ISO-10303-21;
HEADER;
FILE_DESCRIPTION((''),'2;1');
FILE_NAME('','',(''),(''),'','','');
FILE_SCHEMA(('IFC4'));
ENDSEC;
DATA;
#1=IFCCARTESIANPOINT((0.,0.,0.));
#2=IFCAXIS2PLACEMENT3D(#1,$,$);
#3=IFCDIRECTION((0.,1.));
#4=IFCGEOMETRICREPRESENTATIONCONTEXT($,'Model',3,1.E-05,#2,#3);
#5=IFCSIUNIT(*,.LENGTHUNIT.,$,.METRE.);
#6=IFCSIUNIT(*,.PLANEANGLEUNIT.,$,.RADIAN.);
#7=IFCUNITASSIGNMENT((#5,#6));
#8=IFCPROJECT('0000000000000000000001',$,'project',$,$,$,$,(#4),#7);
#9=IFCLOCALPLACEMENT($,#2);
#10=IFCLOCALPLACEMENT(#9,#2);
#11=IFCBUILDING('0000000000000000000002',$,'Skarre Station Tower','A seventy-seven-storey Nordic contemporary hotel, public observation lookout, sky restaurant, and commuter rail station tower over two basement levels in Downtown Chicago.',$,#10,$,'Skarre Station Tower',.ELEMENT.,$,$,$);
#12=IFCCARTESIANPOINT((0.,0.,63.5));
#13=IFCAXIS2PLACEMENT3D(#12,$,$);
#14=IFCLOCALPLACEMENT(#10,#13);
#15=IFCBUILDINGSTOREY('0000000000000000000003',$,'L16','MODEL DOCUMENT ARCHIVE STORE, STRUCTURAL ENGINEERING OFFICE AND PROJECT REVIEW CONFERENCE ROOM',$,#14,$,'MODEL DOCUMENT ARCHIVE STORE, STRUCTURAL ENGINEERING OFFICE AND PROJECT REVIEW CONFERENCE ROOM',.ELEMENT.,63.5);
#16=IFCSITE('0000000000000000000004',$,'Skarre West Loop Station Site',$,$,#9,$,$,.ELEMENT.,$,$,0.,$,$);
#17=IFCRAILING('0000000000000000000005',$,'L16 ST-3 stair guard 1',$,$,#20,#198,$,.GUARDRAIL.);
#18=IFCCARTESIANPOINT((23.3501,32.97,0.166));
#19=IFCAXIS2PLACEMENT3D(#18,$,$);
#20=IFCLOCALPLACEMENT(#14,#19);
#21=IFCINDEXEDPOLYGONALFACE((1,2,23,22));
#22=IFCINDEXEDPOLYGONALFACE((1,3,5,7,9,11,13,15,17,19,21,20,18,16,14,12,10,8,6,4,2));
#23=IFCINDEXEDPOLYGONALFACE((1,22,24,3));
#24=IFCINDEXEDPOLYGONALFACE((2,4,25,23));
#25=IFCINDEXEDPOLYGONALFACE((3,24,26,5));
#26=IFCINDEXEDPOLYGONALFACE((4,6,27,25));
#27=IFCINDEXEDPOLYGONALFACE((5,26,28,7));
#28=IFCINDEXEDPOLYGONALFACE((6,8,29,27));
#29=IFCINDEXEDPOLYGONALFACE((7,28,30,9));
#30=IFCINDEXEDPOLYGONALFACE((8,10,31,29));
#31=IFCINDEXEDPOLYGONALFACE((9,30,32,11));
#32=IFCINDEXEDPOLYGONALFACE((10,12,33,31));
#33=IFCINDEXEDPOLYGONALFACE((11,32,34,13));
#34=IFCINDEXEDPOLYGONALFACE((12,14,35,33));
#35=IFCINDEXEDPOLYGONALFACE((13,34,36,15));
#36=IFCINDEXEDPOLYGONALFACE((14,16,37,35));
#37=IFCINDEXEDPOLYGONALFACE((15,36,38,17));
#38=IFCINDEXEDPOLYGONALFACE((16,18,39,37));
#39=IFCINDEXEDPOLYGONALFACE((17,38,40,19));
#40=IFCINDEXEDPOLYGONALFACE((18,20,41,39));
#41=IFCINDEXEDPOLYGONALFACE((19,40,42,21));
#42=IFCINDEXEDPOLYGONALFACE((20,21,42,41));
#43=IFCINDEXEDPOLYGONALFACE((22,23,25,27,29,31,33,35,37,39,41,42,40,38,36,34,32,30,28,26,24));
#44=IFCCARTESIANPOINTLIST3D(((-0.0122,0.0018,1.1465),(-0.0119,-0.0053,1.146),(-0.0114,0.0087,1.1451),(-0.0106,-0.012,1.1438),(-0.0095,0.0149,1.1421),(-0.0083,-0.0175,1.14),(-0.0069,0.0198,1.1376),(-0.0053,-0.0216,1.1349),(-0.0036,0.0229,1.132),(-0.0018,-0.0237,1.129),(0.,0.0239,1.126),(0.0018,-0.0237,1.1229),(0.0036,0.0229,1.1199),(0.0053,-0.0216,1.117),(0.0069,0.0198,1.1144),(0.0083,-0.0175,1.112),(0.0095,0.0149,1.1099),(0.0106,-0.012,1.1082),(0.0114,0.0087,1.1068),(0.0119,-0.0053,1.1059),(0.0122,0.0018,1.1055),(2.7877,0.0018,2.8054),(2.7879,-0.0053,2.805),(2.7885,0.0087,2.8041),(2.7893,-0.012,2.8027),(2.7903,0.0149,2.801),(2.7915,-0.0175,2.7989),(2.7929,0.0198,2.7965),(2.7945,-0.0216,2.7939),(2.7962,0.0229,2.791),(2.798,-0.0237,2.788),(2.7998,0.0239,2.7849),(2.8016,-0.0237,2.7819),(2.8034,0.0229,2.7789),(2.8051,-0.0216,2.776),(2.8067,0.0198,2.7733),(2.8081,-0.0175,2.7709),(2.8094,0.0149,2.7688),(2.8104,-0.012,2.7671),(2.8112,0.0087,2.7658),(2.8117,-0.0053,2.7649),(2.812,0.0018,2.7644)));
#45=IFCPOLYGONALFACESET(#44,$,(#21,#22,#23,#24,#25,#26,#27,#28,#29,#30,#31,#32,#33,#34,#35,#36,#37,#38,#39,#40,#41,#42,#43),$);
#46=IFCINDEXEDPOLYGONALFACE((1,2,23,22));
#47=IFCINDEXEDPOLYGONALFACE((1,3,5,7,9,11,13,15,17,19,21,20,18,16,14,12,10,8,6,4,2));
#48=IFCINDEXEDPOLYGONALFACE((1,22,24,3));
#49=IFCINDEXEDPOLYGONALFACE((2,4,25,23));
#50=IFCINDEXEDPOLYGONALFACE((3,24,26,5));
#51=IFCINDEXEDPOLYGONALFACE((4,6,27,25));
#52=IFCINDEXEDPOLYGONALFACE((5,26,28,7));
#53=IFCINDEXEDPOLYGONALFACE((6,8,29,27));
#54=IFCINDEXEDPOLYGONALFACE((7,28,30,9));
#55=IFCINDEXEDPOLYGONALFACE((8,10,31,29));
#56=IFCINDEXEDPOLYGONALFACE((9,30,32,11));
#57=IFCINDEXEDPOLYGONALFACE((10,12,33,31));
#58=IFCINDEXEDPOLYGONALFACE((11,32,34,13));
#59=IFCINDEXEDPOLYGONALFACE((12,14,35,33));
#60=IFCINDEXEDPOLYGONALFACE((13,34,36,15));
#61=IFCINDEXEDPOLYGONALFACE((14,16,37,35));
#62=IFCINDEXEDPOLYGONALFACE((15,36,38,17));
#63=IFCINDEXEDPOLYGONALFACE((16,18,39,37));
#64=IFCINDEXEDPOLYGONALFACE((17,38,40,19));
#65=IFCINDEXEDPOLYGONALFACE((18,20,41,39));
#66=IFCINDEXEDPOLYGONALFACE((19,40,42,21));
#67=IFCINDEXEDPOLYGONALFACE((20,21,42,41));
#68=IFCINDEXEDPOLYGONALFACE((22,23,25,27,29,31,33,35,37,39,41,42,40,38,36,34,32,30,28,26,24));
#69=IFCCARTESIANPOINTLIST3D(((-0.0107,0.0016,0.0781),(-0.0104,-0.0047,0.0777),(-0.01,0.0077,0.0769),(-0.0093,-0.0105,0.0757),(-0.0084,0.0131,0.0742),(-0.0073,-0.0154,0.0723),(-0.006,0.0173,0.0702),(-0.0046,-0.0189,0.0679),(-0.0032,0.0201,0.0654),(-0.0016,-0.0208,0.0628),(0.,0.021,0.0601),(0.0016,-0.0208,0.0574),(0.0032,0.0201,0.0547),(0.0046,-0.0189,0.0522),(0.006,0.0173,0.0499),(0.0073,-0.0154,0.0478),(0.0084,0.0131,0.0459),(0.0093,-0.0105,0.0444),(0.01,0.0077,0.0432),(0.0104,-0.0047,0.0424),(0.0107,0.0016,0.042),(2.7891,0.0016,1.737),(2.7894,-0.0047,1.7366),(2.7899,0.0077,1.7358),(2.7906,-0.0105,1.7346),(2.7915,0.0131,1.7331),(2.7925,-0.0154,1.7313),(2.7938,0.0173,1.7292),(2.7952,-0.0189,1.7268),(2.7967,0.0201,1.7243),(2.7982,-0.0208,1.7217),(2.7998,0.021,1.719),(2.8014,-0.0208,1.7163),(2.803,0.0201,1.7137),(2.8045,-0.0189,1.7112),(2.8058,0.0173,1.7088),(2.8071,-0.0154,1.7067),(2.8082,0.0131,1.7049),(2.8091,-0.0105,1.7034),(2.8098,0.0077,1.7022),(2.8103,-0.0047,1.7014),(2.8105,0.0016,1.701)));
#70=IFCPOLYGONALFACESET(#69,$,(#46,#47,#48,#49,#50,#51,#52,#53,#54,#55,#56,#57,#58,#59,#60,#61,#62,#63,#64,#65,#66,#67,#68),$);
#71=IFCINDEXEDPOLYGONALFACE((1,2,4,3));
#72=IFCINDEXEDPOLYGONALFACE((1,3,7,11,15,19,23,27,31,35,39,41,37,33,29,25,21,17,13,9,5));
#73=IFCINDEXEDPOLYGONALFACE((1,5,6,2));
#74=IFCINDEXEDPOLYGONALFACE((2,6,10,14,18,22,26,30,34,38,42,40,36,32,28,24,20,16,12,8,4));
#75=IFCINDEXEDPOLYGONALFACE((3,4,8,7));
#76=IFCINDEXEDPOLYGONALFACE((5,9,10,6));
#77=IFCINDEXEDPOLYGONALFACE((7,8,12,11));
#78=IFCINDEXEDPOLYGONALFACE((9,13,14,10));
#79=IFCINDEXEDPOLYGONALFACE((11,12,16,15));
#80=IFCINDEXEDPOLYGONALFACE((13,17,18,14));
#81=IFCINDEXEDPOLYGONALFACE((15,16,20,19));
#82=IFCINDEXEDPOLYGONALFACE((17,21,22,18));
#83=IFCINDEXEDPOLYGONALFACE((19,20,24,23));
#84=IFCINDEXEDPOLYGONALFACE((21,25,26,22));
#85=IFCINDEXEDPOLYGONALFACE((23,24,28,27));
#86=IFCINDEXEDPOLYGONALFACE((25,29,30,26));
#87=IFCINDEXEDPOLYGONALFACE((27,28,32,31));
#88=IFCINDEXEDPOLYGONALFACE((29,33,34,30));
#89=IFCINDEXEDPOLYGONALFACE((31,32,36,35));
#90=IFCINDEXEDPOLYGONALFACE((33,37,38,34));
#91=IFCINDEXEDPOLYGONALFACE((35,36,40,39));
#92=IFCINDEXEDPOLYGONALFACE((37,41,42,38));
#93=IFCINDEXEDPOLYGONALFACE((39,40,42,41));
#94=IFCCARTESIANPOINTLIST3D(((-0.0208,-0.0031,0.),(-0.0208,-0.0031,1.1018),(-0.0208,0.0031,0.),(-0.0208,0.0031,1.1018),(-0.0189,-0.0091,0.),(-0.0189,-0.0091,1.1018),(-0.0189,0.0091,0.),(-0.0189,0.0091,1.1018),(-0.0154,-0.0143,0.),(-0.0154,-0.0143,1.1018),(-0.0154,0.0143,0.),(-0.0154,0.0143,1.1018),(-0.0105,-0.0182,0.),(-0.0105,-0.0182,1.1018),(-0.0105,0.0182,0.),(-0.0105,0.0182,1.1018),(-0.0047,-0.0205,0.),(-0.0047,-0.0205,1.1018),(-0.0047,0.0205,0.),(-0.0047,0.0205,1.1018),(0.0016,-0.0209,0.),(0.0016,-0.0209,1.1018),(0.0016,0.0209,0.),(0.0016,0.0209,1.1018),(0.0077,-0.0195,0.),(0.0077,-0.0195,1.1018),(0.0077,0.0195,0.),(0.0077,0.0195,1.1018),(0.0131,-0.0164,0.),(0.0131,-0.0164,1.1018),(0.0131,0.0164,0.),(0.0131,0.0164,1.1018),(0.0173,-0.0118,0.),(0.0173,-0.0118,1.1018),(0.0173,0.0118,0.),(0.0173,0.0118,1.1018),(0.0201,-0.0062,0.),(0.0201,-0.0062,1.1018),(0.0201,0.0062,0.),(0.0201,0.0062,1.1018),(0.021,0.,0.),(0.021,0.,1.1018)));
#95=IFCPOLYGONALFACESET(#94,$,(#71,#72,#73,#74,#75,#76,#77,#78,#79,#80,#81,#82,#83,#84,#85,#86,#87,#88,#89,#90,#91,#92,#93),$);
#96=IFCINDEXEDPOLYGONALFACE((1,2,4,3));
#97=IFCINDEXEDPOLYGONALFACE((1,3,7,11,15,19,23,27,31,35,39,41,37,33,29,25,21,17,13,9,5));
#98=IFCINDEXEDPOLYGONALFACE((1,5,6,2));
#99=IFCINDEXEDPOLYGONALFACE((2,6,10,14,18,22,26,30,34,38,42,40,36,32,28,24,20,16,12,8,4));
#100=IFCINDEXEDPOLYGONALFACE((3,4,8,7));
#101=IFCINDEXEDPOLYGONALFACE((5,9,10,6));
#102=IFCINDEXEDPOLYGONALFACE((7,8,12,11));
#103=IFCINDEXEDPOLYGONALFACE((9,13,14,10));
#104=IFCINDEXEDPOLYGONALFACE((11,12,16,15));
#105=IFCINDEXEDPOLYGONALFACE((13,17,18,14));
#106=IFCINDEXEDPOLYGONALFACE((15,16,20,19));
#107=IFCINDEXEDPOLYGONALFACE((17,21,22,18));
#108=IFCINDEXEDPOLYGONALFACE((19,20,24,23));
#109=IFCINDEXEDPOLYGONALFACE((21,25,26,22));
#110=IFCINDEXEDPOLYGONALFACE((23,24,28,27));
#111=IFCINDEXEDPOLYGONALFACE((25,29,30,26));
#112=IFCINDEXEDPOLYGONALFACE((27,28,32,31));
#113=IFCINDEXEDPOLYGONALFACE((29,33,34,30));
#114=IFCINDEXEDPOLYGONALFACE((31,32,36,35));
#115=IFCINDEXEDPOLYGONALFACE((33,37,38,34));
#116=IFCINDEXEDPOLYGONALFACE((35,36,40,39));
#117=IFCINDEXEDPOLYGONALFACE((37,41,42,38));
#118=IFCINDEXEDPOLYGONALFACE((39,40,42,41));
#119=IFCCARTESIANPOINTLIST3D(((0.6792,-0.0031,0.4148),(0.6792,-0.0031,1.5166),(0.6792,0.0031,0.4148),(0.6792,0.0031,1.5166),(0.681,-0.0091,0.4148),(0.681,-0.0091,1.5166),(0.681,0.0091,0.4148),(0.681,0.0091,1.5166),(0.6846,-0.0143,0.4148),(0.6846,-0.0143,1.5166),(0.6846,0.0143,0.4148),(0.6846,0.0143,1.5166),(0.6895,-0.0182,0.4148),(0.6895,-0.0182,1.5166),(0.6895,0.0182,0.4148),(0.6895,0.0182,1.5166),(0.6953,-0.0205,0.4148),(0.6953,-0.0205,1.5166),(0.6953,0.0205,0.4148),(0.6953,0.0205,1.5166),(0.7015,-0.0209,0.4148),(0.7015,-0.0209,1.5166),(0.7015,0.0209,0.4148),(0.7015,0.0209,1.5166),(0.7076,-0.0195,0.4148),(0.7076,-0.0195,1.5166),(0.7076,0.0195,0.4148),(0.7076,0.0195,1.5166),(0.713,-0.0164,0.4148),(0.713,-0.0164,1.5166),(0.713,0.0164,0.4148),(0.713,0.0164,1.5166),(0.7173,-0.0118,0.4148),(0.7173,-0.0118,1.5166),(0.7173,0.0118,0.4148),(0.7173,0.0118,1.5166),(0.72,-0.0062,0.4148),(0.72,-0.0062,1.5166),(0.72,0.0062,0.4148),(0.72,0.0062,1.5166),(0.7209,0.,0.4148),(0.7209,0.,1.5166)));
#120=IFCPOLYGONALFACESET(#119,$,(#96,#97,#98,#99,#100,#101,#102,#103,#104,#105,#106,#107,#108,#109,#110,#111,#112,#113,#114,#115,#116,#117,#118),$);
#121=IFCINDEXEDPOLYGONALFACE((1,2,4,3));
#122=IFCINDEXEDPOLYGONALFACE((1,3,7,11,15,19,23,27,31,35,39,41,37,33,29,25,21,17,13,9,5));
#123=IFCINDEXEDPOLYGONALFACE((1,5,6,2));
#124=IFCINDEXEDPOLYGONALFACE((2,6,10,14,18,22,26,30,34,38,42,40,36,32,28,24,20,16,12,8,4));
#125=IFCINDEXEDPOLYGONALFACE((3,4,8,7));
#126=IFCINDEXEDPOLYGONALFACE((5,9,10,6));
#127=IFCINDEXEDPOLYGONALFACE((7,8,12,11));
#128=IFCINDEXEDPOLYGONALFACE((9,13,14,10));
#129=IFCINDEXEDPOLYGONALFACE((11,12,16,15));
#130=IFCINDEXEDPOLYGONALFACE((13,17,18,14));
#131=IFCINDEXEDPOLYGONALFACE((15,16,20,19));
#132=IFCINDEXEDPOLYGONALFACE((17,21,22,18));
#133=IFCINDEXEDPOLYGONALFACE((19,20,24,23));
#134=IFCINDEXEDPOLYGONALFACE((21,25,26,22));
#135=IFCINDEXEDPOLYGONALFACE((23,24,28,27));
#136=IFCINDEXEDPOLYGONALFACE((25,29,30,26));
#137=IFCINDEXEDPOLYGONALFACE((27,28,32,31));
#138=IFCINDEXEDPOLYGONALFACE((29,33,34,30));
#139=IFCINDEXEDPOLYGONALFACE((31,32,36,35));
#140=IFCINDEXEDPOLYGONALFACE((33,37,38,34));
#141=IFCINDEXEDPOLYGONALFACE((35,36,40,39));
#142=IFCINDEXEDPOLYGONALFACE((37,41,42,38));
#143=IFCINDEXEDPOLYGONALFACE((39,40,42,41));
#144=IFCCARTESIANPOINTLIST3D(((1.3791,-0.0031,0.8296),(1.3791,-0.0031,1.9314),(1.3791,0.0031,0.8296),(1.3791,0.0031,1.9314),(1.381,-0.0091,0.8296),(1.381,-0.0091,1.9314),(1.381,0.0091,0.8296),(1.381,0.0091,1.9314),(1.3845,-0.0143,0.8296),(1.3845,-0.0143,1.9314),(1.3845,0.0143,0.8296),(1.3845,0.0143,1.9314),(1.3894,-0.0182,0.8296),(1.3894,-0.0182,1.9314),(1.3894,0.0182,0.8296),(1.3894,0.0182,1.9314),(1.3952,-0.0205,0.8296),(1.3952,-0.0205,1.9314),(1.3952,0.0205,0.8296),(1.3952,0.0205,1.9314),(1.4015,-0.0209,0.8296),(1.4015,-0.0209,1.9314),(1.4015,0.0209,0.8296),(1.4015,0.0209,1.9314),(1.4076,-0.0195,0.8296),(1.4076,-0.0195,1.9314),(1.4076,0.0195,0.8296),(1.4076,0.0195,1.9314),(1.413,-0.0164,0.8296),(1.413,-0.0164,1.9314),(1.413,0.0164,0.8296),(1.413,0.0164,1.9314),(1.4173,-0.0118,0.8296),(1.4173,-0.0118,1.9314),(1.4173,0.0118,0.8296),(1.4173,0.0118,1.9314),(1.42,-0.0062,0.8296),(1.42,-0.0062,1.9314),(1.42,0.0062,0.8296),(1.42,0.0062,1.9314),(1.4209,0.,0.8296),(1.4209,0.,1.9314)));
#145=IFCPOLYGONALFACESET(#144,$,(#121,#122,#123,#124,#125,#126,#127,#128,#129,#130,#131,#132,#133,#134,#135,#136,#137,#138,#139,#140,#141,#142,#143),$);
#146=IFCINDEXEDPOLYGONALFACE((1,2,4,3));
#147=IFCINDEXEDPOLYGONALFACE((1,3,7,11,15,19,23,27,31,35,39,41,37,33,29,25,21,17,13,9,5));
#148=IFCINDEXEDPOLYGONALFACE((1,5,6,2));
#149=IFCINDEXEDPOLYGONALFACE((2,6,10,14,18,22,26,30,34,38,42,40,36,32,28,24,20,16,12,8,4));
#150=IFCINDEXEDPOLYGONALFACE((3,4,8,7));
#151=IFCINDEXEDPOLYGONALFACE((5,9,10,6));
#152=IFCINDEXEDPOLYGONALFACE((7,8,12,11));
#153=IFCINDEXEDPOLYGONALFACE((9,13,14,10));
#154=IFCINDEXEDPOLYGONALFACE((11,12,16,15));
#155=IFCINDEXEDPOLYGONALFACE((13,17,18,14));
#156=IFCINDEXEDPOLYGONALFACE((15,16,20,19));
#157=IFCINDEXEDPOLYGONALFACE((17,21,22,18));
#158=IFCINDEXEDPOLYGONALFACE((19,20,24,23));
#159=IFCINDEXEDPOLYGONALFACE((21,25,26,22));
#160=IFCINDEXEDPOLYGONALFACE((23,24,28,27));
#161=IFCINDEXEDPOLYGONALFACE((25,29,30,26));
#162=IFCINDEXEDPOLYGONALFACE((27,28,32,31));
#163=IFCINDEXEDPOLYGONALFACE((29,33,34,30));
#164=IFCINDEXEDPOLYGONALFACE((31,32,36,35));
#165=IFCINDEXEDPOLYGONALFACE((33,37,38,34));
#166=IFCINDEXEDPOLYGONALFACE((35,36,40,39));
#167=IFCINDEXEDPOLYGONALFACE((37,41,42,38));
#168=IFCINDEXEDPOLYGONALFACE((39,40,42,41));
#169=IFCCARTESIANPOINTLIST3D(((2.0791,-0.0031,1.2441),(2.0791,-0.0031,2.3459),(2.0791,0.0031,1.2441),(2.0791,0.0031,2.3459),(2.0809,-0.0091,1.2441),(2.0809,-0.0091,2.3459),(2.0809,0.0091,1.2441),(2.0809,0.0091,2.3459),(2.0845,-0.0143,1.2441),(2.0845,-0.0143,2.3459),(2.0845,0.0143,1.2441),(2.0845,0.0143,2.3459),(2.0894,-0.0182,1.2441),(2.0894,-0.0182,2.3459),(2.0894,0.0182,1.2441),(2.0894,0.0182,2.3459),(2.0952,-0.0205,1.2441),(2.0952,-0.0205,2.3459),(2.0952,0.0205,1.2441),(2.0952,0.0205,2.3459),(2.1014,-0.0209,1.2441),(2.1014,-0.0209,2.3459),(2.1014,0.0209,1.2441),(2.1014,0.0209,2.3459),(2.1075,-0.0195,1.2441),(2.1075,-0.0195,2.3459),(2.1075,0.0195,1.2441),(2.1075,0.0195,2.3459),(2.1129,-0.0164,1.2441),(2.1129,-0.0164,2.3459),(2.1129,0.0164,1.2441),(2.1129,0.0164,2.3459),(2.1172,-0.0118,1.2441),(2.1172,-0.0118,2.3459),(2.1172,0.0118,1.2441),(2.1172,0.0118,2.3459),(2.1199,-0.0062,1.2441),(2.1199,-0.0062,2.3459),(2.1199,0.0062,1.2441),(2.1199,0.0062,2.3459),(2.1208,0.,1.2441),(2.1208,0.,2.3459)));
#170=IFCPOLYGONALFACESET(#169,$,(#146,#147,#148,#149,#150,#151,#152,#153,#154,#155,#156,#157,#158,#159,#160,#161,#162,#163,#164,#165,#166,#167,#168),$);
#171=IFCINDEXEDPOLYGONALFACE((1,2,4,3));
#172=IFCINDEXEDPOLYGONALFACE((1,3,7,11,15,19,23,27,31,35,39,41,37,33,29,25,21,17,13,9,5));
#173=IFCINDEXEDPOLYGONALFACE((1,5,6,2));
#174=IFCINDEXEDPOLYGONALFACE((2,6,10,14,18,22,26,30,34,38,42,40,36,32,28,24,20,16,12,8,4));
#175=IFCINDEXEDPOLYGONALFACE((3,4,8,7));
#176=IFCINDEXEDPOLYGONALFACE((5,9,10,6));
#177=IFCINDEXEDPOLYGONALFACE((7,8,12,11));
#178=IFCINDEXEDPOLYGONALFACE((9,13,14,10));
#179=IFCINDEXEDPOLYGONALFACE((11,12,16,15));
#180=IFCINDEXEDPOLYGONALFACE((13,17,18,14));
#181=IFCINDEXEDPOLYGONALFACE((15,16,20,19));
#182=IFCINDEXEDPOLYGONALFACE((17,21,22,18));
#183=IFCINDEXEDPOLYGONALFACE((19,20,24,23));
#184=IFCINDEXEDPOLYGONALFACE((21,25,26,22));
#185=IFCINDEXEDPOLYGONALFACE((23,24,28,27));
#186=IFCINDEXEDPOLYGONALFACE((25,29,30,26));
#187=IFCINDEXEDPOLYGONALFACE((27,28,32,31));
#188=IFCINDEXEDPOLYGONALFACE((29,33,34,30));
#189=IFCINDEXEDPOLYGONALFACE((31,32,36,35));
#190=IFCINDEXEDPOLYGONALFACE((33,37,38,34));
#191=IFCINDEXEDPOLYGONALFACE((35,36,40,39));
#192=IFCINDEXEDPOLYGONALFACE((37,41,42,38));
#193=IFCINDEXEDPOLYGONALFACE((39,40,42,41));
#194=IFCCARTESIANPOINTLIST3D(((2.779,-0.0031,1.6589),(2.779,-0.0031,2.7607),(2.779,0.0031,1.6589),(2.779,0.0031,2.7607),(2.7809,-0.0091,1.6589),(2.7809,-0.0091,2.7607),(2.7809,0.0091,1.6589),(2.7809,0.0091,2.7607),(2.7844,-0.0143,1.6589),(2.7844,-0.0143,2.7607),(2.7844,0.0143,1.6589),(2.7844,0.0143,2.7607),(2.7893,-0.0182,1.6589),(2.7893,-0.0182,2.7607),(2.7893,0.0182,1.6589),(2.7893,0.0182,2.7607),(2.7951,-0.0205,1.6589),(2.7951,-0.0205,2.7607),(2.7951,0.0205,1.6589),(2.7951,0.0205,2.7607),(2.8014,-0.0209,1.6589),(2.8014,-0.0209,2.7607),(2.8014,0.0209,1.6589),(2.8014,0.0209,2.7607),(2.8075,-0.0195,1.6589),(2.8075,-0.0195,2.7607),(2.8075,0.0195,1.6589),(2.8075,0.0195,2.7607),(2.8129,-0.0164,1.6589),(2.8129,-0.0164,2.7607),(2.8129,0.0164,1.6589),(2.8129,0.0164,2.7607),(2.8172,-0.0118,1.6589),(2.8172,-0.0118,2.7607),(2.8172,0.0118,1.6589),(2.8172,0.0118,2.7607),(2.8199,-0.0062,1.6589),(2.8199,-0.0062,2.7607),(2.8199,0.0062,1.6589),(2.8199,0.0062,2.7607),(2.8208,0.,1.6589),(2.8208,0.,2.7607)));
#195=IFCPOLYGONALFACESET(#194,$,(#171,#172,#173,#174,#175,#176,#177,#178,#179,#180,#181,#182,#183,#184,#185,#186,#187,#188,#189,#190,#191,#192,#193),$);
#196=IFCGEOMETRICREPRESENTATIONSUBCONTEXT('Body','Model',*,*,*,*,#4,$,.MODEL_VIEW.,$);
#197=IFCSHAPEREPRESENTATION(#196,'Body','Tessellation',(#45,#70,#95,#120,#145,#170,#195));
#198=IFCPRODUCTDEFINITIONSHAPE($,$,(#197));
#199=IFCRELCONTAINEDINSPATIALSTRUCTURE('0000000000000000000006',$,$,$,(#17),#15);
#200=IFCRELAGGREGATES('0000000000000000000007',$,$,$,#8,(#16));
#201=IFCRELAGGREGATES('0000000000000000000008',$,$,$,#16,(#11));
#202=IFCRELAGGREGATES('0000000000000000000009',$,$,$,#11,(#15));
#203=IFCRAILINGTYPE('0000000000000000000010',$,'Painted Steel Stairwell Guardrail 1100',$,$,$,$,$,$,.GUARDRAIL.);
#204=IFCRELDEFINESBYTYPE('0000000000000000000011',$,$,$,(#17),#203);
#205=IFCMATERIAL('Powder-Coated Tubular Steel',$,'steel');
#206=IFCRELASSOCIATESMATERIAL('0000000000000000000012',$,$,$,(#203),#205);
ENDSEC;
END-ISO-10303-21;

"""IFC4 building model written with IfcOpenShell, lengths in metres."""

from ifc_helpers import new_model, si_unit, direction, frame, origin, origin_2d, place, context, subcontext, project, spatial, circle, extrude, material, type_object, element, save


model = new_model("IFC4")

# Units and contexts
model_context = context("Model", 3, precision=1e-05, world=origin(), true_north=direction((0.0, 1.0)))
body_context = subcontext(model_context, "Body", "Model", "MODEL_VIEW")
ifc_project = project(units=[si_unit("LENGTHUNIT", "METRE"), si_unit("PLANEANGLEUNIT", "RADIAN")], contexts=[model_context])

# Site, building, storey
site_placement = place(None, origin())
site = spatial("IfcSite", under=ifc_project, at=site_placement, Name="Skarre West Loop Station Site", CompositionType="ELEMENT", RefElevation=0.0)
building_placement = place(site_placement, origin())
building = spatial("IfcBuilding", under=site, at=building_placement, Name="Skarre Station Tower", Description="A seventy-seven-storey Nordic contemporary hotel, public observation lookout, sky restaurant, and commuter rail station tower over two basement levels in Downtown Chicago.", LongName="Skarre Station Tower", CompositionType="ELEMENT")
storey_placement = place(building_placement, frame((0.0, 0.0, 63.5)))
storey = spatial("IfcBuildingStorey", under=building, at=storey_placement, Name="L16", Description="MODEL DOCUMENT ARCHIVE STORE, STRUCTURAL ENGINEERING OFFICE AND PROJECT REVIEW CONFERENCE ROOM", LongName="MODEL DOCUMENT ARCHIVE STORE, STRUCTURAL ENGINEERING OFFICE AND PROJECT REVIEW CONFERENCE ROOM", CompositionType="ELEMENT", Elevation=63.5)

# Railing
ifc_material_1 = material(Name="Powder-Coated Tubular Steel", Category="steel")
railing_type_1 = type_object("IfcRailingType", Name="Painted Steel Stairwell Guardrail 1100", PredefinedType="GUARDRAIL", material=ifc_material_1)
railing_1_placement = place(storey_placement, frame((23.3501, 32.97, 0.166)))
element("IfcRailing", 1, at=railing_1_placement, inside=storey, type_object=railing_type_1, Name="L16 ST-3 stair guard 1", PredefinedType="GUARDRAIL", context=body_context, shape_type="SweptSolid", body=[
    extrude(circle(Radius=0.0239, at=origin_2d()), frame((0.0, 0.0, 1.126), z_axis=(0.86032, 0.0, 0.509755), x_axis=(0.0, 1.0, 0.0)), (0.0, 0.0, 1.0), 3.2544),
    extrude(circle(Radius=0.021, at=origin_2d()), frame((0.0, 0.0, 0.0601), z_axis=(0.86032, 0.0, 0.509755), x_axis=(0.0, 1.0, 0.0)), (0.0, 0.0, 1.0), 3.2544),
    extrude(circle(Radius=0.021, at=origin_2d()), origin(), (0.0, 0.0, 1.0), 1.1018),
    extrude(circle(Radius=0.021, at=origin_2d()), frame((0.7, 0.0, 0.4148)), (0.0, 0.0, 1.0), 1.1018),
    extrude(circle(Radius=0.021, at=origin_2d()), frame((1.3999, 0.0, 0.8296)), (0.0, 0.0, 1.0), 1.1018),
    extrude(circle(Radius=0.021, at=origin_2d()), frame((2.0999, 0.0, 1.2441)), (0.0, 0.0, 1.0), 1.1018),
    extrude(circle(Radius=0.021, at=origin_2d()), frame((2.7998, 0.0, 1.6589)), (0.0, 0.0, 1.0), 1.1018),
])

save(model, "model.ifc")
